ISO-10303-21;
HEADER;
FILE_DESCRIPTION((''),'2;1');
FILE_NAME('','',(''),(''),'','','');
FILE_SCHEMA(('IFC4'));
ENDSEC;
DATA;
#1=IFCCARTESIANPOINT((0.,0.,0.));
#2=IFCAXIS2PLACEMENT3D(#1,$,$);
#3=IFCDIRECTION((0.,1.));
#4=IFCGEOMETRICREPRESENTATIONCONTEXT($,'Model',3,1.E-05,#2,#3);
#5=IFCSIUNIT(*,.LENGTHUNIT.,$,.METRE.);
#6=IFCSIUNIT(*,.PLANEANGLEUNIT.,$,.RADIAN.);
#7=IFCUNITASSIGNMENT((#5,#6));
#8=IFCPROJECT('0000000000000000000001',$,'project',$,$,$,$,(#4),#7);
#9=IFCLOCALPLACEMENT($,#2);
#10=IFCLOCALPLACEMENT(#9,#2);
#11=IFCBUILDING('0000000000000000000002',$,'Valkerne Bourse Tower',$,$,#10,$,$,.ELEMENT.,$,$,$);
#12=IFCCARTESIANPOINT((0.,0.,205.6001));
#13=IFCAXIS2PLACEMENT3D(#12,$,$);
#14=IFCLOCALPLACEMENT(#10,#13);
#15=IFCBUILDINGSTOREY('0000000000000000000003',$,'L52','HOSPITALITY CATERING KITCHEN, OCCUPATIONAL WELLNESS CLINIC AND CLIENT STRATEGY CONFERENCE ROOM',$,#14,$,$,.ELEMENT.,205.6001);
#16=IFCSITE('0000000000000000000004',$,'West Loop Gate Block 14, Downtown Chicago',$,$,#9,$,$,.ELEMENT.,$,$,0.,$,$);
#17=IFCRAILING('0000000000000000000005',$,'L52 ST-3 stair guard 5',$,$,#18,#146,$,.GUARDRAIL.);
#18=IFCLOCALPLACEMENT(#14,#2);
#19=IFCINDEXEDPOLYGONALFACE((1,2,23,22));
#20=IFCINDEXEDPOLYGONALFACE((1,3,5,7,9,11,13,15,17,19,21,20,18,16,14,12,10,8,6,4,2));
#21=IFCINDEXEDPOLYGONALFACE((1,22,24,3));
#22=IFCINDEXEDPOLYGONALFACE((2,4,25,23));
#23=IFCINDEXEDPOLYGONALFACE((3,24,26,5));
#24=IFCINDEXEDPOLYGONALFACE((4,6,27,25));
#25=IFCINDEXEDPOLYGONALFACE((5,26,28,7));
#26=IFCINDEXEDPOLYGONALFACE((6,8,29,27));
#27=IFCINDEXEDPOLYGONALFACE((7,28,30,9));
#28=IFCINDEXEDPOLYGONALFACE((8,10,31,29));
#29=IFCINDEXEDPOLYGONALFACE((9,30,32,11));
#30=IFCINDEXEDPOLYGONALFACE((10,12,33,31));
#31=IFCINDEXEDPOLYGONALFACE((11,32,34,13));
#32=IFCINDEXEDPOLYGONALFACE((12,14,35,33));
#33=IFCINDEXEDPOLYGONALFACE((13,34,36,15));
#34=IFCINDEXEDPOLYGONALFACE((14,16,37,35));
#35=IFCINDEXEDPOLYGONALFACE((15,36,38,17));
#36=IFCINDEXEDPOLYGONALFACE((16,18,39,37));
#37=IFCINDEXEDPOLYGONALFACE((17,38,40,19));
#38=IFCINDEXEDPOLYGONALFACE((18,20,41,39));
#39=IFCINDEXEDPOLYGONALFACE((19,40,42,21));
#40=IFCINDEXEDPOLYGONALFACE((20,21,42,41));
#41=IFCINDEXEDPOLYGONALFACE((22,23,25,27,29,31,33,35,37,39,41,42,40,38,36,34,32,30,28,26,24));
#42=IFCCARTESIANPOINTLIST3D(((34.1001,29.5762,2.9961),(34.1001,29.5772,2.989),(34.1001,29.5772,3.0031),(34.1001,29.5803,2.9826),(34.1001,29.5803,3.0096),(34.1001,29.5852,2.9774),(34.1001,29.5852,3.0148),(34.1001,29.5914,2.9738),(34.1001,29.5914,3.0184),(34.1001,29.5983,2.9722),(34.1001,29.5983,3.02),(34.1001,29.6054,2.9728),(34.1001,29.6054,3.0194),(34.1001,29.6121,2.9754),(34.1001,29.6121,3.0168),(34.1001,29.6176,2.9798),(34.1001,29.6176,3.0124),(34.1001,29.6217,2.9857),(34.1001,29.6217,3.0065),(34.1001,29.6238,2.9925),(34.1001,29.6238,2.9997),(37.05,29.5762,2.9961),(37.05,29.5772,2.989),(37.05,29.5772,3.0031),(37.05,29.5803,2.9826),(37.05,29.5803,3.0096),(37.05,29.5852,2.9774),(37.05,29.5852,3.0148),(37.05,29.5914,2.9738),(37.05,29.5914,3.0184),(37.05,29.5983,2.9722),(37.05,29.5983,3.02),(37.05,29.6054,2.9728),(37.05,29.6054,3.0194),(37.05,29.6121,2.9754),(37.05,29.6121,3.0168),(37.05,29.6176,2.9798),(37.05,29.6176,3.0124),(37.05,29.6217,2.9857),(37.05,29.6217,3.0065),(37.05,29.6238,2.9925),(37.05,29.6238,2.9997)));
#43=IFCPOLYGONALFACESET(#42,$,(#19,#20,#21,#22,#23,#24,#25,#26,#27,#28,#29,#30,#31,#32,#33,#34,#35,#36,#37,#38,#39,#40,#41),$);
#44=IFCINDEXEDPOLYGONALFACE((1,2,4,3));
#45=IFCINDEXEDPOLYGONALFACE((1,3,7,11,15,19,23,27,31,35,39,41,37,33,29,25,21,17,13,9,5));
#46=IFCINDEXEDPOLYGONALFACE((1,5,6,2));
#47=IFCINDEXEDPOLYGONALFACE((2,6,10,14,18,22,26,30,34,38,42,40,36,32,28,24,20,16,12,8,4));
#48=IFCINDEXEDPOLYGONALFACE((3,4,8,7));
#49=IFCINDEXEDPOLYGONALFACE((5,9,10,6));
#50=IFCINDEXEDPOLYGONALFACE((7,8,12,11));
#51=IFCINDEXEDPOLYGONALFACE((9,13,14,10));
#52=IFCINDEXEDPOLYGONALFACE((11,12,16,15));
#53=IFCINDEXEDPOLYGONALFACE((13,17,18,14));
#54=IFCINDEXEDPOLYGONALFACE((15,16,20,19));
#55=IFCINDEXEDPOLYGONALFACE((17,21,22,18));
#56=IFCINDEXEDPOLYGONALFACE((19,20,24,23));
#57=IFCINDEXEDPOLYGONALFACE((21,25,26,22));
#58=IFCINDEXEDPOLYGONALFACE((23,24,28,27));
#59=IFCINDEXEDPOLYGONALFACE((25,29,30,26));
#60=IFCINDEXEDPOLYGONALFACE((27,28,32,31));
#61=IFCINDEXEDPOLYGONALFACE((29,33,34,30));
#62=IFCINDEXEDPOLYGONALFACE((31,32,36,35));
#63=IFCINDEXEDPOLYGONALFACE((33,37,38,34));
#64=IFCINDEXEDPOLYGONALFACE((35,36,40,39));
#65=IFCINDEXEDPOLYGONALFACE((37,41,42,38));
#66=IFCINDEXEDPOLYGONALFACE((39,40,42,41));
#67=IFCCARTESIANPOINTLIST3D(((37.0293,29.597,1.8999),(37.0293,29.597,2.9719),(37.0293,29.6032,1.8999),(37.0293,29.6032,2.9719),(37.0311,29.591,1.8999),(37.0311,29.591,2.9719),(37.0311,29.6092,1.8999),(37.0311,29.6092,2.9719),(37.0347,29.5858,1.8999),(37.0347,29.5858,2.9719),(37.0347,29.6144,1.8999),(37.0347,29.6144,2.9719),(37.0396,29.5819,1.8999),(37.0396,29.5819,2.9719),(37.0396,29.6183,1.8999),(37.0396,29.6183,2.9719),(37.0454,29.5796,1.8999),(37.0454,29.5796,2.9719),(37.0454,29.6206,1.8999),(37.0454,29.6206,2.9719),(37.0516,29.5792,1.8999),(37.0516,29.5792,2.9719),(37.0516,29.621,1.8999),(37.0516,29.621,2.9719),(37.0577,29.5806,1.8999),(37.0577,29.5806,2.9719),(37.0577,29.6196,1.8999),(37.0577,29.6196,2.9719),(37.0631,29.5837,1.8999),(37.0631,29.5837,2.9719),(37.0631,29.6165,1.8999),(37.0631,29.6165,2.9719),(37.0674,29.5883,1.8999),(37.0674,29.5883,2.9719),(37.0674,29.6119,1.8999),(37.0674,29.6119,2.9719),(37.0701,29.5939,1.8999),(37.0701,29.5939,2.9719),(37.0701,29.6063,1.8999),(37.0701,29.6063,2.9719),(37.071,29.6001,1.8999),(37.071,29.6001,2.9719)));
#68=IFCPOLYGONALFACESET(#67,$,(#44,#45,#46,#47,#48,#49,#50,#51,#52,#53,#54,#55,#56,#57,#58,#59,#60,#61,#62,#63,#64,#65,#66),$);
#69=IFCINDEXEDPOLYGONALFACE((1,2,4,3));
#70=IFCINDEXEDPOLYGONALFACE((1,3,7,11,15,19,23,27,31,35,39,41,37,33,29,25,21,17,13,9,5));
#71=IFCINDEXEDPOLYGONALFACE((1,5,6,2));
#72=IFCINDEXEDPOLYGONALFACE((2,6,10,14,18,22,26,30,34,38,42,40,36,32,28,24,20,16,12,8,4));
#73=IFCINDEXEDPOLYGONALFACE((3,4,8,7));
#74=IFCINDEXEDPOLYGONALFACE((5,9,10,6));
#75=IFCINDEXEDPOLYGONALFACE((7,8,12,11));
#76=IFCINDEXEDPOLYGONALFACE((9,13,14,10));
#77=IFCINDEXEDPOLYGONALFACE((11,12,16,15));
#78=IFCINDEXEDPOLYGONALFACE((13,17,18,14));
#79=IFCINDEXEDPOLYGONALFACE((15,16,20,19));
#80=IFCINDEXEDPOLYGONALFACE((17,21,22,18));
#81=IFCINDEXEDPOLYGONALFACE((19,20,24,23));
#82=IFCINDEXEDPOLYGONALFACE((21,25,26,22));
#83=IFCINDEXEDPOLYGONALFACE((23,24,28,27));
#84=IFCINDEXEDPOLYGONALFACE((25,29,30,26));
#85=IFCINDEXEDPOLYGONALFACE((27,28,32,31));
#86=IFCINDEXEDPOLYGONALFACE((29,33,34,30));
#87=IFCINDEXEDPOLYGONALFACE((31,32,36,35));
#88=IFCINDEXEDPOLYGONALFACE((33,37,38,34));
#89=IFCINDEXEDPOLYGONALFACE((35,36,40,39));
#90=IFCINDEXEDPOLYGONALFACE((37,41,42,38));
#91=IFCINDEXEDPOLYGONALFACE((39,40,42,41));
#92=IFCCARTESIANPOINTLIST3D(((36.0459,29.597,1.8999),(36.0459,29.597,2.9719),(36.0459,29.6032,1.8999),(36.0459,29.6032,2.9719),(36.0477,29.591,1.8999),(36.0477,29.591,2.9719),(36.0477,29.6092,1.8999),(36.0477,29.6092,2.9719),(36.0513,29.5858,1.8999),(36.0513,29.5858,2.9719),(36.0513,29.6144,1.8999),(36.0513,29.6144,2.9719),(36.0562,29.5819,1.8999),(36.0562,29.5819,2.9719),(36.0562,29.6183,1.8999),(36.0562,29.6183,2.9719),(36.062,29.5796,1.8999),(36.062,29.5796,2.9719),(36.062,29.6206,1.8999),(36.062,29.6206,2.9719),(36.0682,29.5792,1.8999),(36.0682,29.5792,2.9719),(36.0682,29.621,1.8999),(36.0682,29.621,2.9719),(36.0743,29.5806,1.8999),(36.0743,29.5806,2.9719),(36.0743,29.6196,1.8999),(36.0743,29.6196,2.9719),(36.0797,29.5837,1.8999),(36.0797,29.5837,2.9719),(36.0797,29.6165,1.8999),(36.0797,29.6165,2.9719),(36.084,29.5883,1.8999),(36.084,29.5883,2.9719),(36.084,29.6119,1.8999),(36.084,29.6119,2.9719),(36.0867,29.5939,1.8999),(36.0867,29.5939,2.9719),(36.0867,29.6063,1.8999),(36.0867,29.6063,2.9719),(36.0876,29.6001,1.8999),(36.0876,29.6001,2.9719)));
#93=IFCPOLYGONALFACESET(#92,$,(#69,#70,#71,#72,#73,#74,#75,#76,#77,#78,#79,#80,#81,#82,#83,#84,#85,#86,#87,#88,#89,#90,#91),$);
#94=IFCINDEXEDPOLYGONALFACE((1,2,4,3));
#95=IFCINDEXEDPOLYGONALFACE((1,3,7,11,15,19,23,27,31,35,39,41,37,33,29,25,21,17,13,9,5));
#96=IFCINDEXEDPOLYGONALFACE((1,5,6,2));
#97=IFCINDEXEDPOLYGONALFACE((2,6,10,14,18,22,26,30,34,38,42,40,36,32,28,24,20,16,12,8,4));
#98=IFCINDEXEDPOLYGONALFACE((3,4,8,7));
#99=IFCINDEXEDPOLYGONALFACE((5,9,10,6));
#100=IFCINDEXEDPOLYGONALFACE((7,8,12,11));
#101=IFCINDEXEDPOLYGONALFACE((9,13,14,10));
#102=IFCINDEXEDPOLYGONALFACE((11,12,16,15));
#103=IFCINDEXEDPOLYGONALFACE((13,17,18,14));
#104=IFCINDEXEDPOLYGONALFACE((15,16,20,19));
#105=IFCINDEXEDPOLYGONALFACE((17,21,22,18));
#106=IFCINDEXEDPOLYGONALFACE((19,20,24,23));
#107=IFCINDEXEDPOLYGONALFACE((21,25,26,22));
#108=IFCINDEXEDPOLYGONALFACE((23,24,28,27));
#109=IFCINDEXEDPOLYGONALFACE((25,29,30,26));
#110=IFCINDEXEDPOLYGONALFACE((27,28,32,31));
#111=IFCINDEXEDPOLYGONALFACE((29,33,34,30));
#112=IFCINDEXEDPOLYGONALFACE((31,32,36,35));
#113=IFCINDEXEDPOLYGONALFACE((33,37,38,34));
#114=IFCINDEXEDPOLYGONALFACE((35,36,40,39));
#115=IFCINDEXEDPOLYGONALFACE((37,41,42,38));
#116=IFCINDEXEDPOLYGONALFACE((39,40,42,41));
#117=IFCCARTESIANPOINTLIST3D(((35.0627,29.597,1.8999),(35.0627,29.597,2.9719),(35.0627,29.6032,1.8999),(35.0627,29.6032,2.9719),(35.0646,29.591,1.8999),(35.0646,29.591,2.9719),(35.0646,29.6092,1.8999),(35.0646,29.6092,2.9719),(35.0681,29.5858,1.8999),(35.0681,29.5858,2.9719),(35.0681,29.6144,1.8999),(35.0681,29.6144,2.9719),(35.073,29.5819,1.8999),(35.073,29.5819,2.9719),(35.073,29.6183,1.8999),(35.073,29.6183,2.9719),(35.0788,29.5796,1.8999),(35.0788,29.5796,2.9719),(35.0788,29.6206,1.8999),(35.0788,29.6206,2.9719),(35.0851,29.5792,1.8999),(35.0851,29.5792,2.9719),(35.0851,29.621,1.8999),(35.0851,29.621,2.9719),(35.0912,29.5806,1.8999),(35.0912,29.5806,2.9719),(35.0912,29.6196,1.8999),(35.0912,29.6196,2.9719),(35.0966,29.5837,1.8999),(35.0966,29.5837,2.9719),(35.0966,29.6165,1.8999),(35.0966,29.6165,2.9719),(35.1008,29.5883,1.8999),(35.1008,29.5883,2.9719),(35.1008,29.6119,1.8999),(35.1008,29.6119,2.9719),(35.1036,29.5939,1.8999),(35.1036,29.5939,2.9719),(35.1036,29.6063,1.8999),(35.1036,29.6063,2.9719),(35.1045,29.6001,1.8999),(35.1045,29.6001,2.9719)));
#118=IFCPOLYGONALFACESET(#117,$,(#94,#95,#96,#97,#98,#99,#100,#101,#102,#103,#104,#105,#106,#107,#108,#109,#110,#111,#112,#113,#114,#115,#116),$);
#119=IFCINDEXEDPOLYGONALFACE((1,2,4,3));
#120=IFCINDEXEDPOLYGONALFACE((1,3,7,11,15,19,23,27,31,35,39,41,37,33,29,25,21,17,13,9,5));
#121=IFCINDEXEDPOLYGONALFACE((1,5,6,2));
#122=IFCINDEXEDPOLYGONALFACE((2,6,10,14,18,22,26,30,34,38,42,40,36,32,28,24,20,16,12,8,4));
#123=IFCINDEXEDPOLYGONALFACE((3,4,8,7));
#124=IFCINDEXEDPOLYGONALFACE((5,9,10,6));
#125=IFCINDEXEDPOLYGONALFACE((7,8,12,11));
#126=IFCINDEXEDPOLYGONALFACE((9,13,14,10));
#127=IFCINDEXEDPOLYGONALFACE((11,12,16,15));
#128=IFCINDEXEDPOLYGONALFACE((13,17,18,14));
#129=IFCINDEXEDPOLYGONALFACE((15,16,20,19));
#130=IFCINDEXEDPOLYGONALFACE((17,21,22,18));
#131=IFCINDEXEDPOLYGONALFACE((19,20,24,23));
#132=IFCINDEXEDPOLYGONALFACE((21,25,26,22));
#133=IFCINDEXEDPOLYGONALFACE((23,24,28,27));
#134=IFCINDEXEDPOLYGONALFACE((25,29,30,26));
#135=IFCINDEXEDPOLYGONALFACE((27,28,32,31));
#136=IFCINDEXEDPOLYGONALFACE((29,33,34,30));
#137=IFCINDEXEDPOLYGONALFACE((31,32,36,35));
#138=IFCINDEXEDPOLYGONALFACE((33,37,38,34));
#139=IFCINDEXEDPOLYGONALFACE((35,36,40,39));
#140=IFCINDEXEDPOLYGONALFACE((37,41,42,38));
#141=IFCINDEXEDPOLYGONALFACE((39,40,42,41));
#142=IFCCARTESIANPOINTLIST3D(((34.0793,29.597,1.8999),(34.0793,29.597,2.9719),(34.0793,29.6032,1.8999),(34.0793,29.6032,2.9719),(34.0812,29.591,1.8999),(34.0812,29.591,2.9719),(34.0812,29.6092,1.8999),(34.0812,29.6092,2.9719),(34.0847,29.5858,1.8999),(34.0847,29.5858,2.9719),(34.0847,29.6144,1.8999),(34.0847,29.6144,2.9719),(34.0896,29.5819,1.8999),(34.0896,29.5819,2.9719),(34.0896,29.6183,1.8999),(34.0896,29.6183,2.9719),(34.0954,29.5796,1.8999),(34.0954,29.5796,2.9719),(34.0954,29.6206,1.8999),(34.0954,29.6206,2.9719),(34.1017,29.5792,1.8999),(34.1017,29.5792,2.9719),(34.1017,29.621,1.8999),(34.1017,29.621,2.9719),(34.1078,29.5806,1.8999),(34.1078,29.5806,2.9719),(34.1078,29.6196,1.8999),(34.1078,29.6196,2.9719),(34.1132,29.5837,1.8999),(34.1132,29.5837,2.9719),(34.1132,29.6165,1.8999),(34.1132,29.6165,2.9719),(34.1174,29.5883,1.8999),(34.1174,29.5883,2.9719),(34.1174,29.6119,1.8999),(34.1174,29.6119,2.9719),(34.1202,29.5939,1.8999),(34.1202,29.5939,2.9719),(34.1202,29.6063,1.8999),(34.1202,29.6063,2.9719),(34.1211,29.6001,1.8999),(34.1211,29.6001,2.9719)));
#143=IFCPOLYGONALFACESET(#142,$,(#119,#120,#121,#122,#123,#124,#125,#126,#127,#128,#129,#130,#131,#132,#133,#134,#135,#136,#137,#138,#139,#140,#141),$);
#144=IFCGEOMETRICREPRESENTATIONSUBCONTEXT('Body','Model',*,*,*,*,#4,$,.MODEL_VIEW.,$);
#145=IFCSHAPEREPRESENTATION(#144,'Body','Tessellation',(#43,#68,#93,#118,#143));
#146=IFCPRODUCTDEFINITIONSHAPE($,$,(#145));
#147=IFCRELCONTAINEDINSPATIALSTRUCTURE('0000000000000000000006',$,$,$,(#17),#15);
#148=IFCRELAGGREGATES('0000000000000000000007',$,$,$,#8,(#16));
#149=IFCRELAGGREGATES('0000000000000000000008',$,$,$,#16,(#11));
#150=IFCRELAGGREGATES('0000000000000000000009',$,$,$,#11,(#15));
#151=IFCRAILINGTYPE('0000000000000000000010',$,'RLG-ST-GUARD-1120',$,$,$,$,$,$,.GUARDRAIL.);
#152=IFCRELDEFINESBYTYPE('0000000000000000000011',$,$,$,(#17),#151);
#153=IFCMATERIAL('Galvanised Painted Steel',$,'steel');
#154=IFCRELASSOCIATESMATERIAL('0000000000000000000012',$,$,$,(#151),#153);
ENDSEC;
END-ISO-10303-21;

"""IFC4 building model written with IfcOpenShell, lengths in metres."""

from ifc_helpers import new_model, si_unit, direction, frame, origin, origin_2d, place, context, subcontext, project, spatial, circle, extrude, material, type_object, element, save


model = new_model("IFC4")

# Units and contexts
model_context = context("Model", 3, precision=1e-05, world=origin(), true_north=direction((0.0, 1.0)))
body_context = subcontext(model_context, "Body", "Model", "MODEL_VIEW")
ifc_project = project(units=[si_unit("LENGTHUNIT", "METRE"), si_unit("PLANEANGLEUNIT", "RADIAN")], contexts=[model_context])

# Site, building, storey
site_placement = place(None, origin())
site = spatial("IfcSite", under=ifc_project, at=site_placement, Name="West Loop Gate Block 14, Downtown Chicago", CompositionType="ELEMENT", RefElevation=0.0)
building_placement = place(site_placement, origin())
building = spatial("IfcBuilding", under=site, at=building_placement, Name="Valkerne Bourse Tower", CompositionType="ELEMENT")
storey_placement = place(building_placement, frame((0.0, 0.0, 205.6001)))
storey = spatial("IfcBuildingStorey", under=building, at=storey_placement, Name="L52", Description="HOSPITALITY CATERING KITCHEN, OCCUPATIONAL WELLNESS CLINIC AND CLIENT STRATEGY CONFERENCE ROOM", CompositionType="ELEMENT", Elevation=205.6001)

# Shared definitions
ifc_material_1 = material(Name="Galvanised Painted Steel", Category="steel")

# Railing
railing_type = type_object("IfcRailingType", Name="RLG-ST-GUARD-1120", PredefinedType="GUARDRAIL", material=ifc_material_1)
railing_1_placement = place(storey_placement, frame((37.05, 29.6001, 1.8999)))
element("IfcRailing", 1, at=railing_1_placement, inside=storey, type_object=railing_type, Name="L52 ST-3 stair guard 5", PredefinedType="GUARDRAIL", context=body_context, shape_type="SweptSolid", body=[
    extrude(circle(Radius=0.0239, at=origin_2d()), frame((0.0, 0.0, 1.0962), z_axis=(-1.0, 0.0, 0.0), x_axis=(0.0, -1.0, 0.0)), (0.0, 0.0, 1.0), 2.95),
    extrude(circle(Radius=0.021, at=origin_2d()), origin(), (0.0, 0.0, 1.0), 1.072),
    extrude(circle(Radius=0.021, at=origin_2d()), frame((-0.9834, 0.0, 0.0)), (0.0, 0.0, 1.0), 1.072),
    extrude(circle(Radius=0.021, at=origin_2d()), frame((-1.9666, 0.0, 0.0)), (0.0, 0.0, 1.0), 1.072),
    extrude(circle(Radius=0.021, at=origin_2d()), frame((-2.95, 0.0, 0.0)), (0.0, 0.0, 1.0), 1.072),
])

save(model, "model.ifc")
